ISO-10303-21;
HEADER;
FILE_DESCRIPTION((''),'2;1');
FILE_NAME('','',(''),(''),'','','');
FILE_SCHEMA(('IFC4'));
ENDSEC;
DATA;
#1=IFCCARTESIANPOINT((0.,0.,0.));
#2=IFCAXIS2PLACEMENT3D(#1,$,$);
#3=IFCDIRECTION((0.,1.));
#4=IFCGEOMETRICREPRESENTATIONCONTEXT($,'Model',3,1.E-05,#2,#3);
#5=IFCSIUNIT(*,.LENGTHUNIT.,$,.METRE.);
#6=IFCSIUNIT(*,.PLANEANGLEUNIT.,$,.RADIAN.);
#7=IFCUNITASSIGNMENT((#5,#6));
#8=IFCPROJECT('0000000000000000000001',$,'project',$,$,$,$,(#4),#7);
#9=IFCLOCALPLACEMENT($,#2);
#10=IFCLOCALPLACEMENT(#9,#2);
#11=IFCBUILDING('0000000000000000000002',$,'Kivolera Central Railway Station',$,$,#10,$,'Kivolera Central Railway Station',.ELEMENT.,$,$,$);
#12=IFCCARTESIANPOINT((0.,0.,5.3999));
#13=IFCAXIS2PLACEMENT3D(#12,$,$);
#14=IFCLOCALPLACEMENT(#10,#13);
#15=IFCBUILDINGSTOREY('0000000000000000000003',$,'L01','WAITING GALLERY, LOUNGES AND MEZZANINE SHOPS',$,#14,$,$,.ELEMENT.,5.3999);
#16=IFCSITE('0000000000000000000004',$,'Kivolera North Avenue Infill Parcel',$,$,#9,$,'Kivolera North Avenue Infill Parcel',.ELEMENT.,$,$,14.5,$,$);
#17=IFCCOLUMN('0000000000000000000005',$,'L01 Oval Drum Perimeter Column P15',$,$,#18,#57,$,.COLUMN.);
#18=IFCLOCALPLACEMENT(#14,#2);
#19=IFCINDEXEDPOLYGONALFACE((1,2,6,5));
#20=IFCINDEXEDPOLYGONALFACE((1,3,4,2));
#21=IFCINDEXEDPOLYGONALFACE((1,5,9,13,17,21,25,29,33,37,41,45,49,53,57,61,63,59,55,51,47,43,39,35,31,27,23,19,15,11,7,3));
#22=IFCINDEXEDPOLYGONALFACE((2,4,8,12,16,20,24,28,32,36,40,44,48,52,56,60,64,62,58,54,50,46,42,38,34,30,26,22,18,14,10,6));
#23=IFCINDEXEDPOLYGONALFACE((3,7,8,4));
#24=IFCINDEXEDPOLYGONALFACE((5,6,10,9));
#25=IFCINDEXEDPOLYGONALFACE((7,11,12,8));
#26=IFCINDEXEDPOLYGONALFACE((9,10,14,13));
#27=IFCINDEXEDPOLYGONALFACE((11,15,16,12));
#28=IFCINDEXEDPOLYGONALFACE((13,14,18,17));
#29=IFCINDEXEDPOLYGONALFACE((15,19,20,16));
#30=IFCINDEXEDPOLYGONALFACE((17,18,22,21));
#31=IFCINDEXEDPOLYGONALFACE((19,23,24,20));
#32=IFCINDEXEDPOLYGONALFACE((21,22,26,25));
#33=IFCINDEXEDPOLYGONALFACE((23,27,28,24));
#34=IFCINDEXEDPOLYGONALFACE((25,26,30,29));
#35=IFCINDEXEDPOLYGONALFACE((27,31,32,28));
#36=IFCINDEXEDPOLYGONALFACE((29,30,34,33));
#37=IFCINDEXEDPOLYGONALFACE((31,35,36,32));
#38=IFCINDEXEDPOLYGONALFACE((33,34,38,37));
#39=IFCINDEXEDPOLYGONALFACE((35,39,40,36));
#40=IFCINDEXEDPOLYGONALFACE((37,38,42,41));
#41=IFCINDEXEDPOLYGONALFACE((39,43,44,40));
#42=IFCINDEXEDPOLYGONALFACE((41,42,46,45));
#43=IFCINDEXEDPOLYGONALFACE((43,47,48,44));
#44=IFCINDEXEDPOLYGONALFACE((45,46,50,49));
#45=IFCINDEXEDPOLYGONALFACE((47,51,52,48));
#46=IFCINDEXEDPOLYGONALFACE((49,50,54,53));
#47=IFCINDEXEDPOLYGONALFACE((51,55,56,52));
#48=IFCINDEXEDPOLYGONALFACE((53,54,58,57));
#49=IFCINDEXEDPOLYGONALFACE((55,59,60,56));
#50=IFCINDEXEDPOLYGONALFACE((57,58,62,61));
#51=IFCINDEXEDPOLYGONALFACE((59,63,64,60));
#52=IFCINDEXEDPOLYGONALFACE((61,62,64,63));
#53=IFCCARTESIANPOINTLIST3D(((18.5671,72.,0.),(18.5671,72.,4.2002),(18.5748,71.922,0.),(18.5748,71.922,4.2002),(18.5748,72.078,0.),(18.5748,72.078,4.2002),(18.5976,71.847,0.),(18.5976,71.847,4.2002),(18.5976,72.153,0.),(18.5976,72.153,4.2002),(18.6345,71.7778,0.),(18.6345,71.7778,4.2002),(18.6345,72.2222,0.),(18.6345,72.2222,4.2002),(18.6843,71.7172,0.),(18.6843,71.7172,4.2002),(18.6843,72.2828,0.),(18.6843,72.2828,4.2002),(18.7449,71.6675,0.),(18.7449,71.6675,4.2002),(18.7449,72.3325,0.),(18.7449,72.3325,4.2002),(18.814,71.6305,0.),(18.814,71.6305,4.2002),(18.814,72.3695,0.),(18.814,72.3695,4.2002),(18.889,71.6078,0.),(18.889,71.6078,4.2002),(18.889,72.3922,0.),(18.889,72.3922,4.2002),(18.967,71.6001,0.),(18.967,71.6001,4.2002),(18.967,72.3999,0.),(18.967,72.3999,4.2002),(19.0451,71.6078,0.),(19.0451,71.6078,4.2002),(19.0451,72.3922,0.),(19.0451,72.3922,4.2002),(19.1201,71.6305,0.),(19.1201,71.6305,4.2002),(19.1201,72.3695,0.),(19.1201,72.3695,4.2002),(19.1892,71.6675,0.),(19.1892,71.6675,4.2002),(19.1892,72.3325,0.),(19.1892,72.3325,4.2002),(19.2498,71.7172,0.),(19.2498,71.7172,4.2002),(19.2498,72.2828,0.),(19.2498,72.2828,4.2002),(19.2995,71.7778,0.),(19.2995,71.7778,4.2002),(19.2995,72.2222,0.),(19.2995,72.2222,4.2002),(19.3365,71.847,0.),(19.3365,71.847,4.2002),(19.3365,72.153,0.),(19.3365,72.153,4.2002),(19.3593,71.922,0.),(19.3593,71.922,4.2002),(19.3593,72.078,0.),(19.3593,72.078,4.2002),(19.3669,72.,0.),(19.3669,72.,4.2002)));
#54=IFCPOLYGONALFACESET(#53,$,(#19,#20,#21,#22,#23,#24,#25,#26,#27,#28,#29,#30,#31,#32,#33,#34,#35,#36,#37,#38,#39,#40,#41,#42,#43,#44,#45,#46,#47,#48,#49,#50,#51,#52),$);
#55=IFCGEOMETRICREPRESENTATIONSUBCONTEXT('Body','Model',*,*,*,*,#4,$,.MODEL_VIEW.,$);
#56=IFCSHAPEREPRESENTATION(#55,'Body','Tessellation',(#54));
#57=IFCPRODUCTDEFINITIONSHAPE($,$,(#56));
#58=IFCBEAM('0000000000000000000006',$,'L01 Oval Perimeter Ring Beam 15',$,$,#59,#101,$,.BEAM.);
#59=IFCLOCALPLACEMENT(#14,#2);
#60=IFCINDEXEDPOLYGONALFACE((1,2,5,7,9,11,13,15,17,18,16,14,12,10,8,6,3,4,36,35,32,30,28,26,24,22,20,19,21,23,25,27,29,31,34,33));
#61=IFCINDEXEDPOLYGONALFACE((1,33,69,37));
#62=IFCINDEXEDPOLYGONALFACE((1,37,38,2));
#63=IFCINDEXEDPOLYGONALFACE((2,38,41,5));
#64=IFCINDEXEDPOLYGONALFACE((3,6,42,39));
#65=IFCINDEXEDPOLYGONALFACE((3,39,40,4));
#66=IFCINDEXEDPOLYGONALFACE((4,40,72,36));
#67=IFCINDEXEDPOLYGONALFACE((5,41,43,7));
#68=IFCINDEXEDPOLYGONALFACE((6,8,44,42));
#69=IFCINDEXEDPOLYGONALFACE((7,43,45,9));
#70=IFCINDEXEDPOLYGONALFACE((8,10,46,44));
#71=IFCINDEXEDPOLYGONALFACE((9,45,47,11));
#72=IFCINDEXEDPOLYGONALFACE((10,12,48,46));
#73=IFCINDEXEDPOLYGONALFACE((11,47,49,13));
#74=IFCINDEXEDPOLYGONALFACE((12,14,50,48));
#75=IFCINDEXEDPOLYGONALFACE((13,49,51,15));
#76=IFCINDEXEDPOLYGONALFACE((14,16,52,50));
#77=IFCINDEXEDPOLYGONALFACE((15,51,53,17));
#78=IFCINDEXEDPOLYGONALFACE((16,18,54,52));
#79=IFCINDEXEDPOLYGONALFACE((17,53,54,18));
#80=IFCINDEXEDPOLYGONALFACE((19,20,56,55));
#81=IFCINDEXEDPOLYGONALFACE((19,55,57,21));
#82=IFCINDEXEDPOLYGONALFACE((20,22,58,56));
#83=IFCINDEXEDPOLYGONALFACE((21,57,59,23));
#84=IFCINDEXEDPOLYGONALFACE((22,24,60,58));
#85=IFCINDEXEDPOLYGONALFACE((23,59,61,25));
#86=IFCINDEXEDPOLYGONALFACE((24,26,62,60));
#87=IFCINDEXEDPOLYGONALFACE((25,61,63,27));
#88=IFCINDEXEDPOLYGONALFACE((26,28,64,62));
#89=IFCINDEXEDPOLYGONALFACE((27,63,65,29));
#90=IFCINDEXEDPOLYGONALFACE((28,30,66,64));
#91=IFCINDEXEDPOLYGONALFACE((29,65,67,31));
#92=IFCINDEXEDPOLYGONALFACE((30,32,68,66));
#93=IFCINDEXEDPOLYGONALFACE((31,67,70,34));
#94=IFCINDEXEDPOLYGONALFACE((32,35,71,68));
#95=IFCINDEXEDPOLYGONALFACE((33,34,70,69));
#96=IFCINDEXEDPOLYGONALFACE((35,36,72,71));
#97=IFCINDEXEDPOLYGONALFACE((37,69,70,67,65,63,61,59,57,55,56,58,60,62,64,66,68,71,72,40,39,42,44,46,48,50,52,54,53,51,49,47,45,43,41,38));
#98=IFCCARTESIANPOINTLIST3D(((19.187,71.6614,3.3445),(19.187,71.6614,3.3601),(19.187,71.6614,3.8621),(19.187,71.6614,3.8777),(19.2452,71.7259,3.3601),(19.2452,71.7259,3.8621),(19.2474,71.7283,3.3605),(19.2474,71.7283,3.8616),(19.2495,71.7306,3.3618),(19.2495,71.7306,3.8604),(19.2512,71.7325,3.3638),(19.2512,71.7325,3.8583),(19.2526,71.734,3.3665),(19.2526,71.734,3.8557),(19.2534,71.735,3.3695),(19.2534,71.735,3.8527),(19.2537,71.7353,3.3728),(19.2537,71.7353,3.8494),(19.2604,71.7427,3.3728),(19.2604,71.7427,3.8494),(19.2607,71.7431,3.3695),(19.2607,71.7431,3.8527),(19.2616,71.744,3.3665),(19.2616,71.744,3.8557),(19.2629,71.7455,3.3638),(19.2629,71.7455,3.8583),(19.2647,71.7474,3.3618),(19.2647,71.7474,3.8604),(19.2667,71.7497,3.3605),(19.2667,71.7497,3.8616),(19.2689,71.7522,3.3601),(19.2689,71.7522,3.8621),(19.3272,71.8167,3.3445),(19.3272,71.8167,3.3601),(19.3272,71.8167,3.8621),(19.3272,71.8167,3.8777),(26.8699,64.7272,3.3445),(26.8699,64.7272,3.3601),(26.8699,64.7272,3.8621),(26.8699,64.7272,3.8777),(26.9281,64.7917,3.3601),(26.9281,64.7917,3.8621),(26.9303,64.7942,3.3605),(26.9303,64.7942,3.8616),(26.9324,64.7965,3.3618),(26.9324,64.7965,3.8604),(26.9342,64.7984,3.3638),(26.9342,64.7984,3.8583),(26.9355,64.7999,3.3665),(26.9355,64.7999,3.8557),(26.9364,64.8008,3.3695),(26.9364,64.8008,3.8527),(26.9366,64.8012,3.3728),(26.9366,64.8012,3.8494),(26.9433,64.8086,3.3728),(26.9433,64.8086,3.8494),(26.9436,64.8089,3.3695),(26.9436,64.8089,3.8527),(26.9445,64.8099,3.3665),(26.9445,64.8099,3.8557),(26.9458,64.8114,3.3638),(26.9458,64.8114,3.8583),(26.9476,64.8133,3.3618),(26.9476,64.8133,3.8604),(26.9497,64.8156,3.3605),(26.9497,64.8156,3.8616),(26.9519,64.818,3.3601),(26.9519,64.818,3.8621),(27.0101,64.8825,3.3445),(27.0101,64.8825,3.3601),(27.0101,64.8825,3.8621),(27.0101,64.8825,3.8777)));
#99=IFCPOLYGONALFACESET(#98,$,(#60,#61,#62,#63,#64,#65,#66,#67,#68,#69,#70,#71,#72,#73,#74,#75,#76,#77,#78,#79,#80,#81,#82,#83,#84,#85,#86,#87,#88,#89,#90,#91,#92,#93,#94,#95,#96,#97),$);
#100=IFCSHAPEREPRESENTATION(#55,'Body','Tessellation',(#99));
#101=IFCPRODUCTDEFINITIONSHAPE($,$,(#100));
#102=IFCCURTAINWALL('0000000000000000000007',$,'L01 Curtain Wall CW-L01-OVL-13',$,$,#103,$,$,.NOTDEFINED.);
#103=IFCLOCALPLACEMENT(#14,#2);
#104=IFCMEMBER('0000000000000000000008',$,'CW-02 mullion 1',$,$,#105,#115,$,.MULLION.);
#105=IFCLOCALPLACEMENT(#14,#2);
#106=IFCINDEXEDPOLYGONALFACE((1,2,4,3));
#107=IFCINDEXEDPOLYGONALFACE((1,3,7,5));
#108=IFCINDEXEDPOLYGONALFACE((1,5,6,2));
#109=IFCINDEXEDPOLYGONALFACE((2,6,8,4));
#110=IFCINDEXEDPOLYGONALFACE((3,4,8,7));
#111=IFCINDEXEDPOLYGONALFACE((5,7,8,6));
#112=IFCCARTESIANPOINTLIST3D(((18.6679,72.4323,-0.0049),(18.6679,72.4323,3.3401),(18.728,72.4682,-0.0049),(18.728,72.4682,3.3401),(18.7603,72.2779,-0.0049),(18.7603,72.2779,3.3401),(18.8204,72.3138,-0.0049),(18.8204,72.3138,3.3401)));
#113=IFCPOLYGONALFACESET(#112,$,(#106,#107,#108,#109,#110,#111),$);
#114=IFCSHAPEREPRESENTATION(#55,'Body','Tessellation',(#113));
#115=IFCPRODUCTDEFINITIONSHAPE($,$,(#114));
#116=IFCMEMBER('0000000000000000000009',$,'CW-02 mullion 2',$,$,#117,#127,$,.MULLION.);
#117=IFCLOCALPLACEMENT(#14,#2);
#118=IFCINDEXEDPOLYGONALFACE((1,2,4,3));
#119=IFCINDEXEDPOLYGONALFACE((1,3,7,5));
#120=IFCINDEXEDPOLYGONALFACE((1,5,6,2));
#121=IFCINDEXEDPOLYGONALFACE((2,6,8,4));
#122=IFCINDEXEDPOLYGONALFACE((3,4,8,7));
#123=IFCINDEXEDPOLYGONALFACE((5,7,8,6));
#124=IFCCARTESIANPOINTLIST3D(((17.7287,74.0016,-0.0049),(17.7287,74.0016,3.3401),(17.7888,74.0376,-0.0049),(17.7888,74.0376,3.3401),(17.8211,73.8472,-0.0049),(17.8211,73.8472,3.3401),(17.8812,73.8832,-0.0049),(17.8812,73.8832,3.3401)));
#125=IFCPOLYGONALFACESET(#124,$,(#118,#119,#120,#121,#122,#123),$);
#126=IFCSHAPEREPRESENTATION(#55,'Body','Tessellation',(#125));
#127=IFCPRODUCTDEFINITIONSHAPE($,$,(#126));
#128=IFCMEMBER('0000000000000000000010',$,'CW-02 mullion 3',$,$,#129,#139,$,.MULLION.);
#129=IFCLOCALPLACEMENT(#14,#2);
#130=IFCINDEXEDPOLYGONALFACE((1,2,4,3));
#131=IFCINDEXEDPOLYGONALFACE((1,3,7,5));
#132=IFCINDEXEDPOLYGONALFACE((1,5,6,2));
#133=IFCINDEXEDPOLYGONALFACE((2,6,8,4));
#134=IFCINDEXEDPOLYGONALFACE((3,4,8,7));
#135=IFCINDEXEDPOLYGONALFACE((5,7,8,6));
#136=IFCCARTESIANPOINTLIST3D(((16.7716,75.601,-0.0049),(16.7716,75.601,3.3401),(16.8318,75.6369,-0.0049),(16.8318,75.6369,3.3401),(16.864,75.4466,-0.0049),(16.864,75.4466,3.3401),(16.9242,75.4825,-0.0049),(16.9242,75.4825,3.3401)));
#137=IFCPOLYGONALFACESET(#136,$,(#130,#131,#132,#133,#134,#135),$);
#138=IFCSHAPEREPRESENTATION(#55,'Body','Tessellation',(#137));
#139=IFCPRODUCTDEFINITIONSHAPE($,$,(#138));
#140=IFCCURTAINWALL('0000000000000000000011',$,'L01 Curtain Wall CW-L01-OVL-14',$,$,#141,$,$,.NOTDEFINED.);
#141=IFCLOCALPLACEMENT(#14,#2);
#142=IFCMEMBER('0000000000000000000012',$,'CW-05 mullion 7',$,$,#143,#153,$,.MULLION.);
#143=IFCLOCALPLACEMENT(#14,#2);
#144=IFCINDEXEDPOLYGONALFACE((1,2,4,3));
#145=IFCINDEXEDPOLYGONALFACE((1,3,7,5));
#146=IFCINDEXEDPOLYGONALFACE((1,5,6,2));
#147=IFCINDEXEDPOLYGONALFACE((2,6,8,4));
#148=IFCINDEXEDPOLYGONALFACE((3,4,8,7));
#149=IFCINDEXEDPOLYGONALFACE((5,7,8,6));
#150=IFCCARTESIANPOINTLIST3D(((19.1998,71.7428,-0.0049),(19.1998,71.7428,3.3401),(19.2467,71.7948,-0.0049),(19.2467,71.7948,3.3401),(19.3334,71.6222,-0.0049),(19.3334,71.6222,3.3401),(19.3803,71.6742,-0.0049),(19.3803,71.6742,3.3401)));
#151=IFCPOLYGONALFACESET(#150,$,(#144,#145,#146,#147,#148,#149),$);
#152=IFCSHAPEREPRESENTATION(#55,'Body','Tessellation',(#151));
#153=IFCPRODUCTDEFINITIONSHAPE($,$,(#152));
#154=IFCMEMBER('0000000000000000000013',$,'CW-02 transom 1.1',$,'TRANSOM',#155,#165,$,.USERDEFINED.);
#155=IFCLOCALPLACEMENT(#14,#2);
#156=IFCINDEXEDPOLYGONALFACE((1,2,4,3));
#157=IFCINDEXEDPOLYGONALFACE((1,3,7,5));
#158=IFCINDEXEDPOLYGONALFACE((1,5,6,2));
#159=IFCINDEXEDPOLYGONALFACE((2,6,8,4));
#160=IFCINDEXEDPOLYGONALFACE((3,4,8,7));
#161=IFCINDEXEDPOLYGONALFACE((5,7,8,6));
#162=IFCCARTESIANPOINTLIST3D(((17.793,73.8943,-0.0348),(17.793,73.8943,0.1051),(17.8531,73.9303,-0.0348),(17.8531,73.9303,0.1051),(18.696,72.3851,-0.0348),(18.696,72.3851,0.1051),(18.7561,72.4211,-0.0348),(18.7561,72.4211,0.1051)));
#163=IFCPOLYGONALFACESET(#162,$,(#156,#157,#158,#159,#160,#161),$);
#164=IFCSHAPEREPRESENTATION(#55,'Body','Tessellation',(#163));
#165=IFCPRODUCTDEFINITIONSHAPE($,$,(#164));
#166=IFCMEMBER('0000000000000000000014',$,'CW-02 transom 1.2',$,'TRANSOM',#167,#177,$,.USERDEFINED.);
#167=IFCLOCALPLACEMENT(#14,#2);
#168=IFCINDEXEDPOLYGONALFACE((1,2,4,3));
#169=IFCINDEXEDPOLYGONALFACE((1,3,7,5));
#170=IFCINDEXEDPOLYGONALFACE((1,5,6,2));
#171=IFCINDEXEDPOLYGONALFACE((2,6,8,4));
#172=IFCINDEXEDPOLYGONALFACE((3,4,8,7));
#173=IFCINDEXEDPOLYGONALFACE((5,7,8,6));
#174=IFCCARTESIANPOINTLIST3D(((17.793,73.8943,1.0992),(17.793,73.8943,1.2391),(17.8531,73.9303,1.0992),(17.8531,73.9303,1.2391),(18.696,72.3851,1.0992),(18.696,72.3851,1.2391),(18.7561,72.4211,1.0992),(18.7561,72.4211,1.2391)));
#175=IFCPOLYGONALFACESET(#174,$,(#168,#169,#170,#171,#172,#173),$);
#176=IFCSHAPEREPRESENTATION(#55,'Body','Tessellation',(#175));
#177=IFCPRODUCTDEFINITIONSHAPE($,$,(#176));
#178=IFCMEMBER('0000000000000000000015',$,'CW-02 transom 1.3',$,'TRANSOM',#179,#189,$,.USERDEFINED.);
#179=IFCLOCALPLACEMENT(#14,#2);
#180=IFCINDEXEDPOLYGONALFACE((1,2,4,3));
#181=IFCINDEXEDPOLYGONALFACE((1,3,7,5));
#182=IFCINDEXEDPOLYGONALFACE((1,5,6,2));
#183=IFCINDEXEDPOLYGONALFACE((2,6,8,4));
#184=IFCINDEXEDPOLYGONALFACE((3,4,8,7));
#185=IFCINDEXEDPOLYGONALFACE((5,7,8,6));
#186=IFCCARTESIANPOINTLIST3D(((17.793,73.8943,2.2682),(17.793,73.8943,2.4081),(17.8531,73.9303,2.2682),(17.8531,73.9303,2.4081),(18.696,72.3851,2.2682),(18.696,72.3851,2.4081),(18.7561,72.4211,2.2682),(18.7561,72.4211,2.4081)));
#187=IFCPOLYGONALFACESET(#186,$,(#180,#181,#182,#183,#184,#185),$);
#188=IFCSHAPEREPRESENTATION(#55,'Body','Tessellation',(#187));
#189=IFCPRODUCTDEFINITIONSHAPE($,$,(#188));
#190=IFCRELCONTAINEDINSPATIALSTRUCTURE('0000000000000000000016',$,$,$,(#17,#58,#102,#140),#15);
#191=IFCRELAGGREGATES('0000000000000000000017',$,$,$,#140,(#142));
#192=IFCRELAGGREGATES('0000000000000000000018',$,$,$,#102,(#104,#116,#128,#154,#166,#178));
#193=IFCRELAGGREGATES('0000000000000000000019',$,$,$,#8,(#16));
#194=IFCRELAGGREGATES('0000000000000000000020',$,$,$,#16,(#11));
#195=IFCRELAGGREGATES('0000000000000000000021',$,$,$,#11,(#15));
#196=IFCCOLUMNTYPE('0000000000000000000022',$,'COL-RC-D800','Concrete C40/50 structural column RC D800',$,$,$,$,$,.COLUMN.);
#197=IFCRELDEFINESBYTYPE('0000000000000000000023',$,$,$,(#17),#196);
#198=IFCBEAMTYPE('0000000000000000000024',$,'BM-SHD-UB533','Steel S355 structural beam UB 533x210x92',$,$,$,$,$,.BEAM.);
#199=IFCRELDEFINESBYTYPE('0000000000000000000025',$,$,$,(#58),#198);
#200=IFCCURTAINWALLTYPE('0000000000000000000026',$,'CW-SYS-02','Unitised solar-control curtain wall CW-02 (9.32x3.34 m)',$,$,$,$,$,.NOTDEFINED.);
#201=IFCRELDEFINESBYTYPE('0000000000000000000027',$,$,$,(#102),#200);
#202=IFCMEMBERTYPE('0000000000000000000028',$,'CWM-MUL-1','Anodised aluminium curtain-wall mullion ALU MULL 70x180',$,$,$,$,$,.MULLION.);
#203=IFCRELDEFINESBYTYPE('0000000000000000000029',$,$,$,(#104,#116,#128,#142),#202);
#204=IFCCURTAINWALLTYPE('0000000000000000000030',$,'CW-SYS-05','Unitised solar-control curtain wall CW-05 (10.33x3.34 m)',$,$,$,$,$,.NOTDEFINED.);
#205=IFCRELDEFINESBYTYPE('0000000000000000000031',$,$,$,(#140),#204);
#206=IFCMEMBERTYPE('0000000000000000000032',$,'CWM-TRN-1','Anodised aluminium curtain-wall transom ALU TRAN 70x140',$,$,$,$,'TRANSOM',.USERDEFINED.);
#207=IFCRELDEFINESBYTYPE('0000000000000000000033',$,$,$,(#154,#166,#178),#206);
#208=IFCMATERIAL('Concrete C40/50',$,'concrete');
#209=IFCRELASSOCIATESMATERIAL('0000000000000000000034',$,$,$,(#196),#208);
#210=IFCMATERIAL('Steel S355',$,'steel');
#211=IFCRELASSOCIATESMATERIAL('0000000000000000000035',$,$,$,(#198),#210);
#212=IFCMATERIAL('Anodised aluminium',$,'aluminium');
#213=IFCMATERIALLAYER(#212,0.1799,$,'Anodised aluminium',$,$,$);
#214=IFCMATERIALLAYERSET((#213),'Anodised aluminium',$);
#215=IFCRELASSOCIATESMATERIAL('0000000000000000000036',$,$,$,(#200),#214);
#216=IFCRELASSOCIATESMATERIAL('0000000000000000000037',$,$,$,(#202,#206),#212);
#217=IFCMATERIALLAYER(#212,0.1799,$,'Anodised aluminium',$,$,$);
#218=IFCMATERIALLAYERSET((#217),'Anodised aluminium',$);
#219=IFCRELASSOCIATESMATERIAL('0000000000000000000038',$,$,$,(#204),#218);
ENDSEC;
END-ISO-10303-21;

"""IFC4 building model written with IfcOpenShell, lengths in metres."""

from ifc_helpers import new_model, si_unit, direction, frame, origin, origin_2d, place, context, subcontext, project, spatial, rectangle, circle, i_section, extrude, material, layer, layer_set, material_profile, profile_set, type_object, element, aggregate, save


model = new_model("IFC4")

# Units and contexts
model_context = context("Model", 3, precision=1e-05, world=origin(), true_north=direction((0.0, 1.0)))
body_context = subcontext(model_context, "Body", "Model", "MODEL_VIEW")
ifc_project = project(units=[si_unit("LENGTHUNIT", "METRE"), si_unit("PLANEANGLEUNIT", "RADIAN")], contexts=[model_context])

# Site, building, storey
site_placement = place(None, origin())
site = spatial("IfcSite", under=ifc_project, at=site_placement, Name="Kivolera North Avenue Infill Parcel", LongName="Kivolera North Avenue Infill Parcel", CompositionType="ELEMENT", RefElevation=14.5)
building_placement = place(site_placement, origin())
building = spatial("IfcBuilding", under=site, at=building_placement, Name="Kivolera Central Railway Station", LongName="Kivolera Central Railway Station", CompositionType="ELEMENT")
storey_placement = place(building_placement, frame((0.0, 0.0, 5.3999)))
storey = spatial("IfcBuildingStorey", under=building, at=storey_placement, Name="L01", Description="WAITING GALLERY, LOUNGES AND MEZZANINE SHOPS", CompositionType="ELEMENT", Elevation=5.3999)

# Column
ifc_material_1 = material(Name="Concrete C40/50", Category="concrete")
ifc_material_profile_1 = material_profile(ifc_material_1, circle(Radius=0.3999, at=origin_2d()), Name="RC D800")
ifc_profile_set_1 = profile_set([ifc_material_profile_1], Name="Concrete C40/50")
column_type = type_object("IfcColumnType", Name="COL-RC-D800", Description="Concrete C40/50 structural column RC D800", PredefinedType="COLUMN", material=ifc_profile_set_1)
column_placement = place(storey_placement, frame((18.967, 72.0, 0.0), z_axis=(0.0, 0.0, 1.0), x_axis=(1.0, 0.0, 0.0)))
element("IfcColumn", 1, at=column_placement, inside=storey, type_object=column_type, Name="L01 Oval Drum Perimeter Column P15", PredefinedType="COLUMN", context=body_context, shape_type="SweptSolid", body=[
    extrude(circle(Radius=0.3999, at=origin_2d()), origin(), (0.0, 0.0, 1.0), 4.2002),
])

# Beam
ifc_material_2 = material(Name="Steel S355", Category="steel")
ifc_material_profile_2 = material_profile(ifc_material_2, i_section(OverallWidth=0.2092, OverallDepth=0.5332, WebThickness=0.01, FlangeThickness=0.0156, FilletRadius=0.0127, at=origin_2d()), Name="UB 533x210x92")
ifc_profile_set_2 = profile_set([ifc_material_profile_2], Name="Steel S355")
beam_type = type_object("IfcBeamType", Name="BM-SHD-UB533", Description="Steel S355 structural beam UB 533x210x92", PredefinedType="BEAM", material=ifc_profile_set_2)
beam_placement = place(storey_placement, frame((19.2571, 71.739, 3.6111), z_axis=(0.742356, -0.670005, 0.0), x_axis=(0.670005, 0.742356, 0.0)))
element("IfcBeam", 2, at=beam_placement, inside=storey, type_object=beam_type, Name="L01 Oval Perimeter Ring Beam 15", PredefinedType="BEAM", context=body_context, shape_type="SweptSolid", body=[
    extrude(i_section(OverallWidth=0.2092, OverallDepth=0.5332, WebThickness=0.01, FlangeThickness=0.0156, FilletRadius=0.0127, at=origin_2d()), origin(), (0.0, 0.0, 1.0), 10.3494),
])

# Curtain wall, members
ifc_material_3 = material(Name="Anodised aluminium", Category="aluminium")
ifc_layer_1 = layer(ifc_material_3, 0.1799, Name="Anodised aluminium")
ifc_layer_set_1 = layer_set([ifc_layer_1], Name="Anodised aluminium")
curtain_wall_type_1 = type_object("IfcCurtainWallType", Name="CW-SYS-02", Description="Unitised solar-control curtain wall CW-02 (9.32x3.34 m)", PredefinedType="NOTDEFINED", material=ifc_layer_set_1)
curtain_wall_1_placement = place(storey_placement, origin())
curtain_wall_1 = element("IfcCurtainWall", 3, at=curtain_wall_1_placement, inside=storey, type_object=curtain_wall_type_1, Name="L01 Curtain Wall CW-L01-OVL-13", PredefinedType="NOTDEFINED")
ifc_material_profile_3 = material_profile(ifc_material_3, rectangle(XDim=0.0701, YDim=0.1799, at=origin_2d()), Name="ALU MULL 70x180")
ifc_profile_set_3 = profile_set([ifc_material_profile_3], Name="Anodised aluminium")
member_type_1 = type_object("IfcMemberType", Name="CWM-MUL-1", Description="Anodised aluminium curtain-wall mullion ALU MULL 70x180", PredefinedType="MULLION", material=ifc_profile_set_3)
member_1_placement = place(storey_placement, frame((18.7441, 72.373, -0.0049), z_axis=(0.0, 0.0, 1.0), x_axis=(-0.858117, -0.513454, 0.0)))
member_1 = element("IfcMember", 4, at=member_1_placement, type_object=member_type_1, Name="CW-02 mullion 1", PredefinedType="MULLION", context=body_context, shape_type="SweptSolid", body=[
    extrude(rectangle(XDim=0.0701, YDim=0.1799, at=origin_2d()), origin(), (0.0, 0.0, 1.0), 3.345),
])
member_2_placement = place(storey_placement, frame((17.8049, 73.9424, -0.0049), z_axis=(0.0, 0.0, 1.0), x_axis=(-0.858117, -0.513454, 0.0)))
member_2 = element("IfcMember", 5, at=member_2_placement, type_object=member_type_1, Name="CW-02 mullion 2", PredefinedType="MULLION", context=body_context, shape_type="SweptSolid", body=[
    extrude(rectangle(XDim=0.0701, YDim=0.1799, at=origin_2d()), origin(), (0.0, 0.0, 1.0), 3.345),
])
member_3_placement = place(storey_placement, frame((16.8479, 75.5417, -0.0049), z_axis=(0.0, 0.0, 1.0), x_axis=(-0.858117, -0.513454, 0.0)))
member_3 = element("IfcMember", 6, at=member_3_placement, type_object=member_type_1, Name="CW-02 mullion 3", PredefinedType="MULLION", context=body_context, shape_type="SweptSolid", body=[
    extrude(rectangle(XDim=0.0701, YDim=0.1799, at=origin_2d()), origin(), (0.0, 0.0, 1.0), 3.345),
])

# Curtain wall, member
ifc_layer_2 = layer(ifc_material_3, 0.1799, Name="Anodised aluminium")
ifc_layer_set_2 = layer_set([ifc_layer_2], Name="Anodised aluminium")
curtain_wall_type_2 = type_object("IfcCurtainWallType", Name="CW-SYS-05", Description="Unitised solar-control curtain wall CW-05 (10.33x3.34 m)", PredefinedType="NOTDEFINED", material=ifc_layer_set_2)
curtain_wall_2_placement = place(storey_placement, origin())
curtain_wall_2 = element("IfcCurtainWall", 7, at=curtain_wall_2_placement, inside=storey, type_object=curtain_wall_type_2, Name="L01 Curtain Wall CW-L01-OVL-14", PredefinedType="NOTDEFINED")
member_4_placement = place(storey_placement, frame((19.29, 71.7085, -0.0049), z_axis=(0.0, 0.0, 1.0), x_axis=(-0.669922, -0.742432, 0.0)))
member_4 = element("IfcMember", 8, at=member_4_placement, type_object=member_type_1, Name="CW-05 mullion 7", PredefinedType="MULLION", context=body_context, shape_type="SweptSolid", body=[
    extrude(rectangle(XDim=0.0701, YDim=0.1799, at=origin_2d()), origin(), (0.0, 0.0, 1.0), 3.345),
])
aggregate(curtain_wall_2, [member_4])

# Members
ifc_material_profile_4 = material_profile(ifc_material_3, rectangle(XDim=0.0701, YDim=0.1399, at=origin_2d()), Name="ALU TRAN 70x140")
ifc_profile_set_4 = profile_set([ifc_material_profile_4], Name="Anodised aluminium")
member_type_2 = type_object("IfcMemberType", Name="CWM-TRN-1", Description="Anodised aluminium curtain-wall transom ALU TRAN 70x140", ElementType="TRANSOM", PredefinedType="USERDEFINED", material=ifc_profile_set_4)
member_5_placement = place(storey_placement, frame((18.7261, 72.4031, 0.0352), z_axis=(-0.513454, 0.858117, 0.0), x_axis=(-0.858117, -0.513454, 0.0)))
member_5 = element("IfcMember", 9, at=member_5_placement, type_object=member_type_2, Name="CW-02 transom 1.1", ObjectType="TRANSOM", PredefinedType="USERDEFINED", context=body_context, shape_type="SweptSolid", body=[
    extrude(rectangle(XDim=0.0701, YDim=0.1399, at=origin_2d()), origin(), (0.0, 0.0, 1.0), 1.7588),
])
member_6_placement = place(storey_placement, frame((18.7261, 72.4031, 1.1692), z_axis=(-0.513454, 0.858117, 0.0), x_axis=(-0.858117, -0.513454, 0.0)))
member_6 = element("IfcMember", 10, at=member_6_placement, type_object=member_type_2, Name="CW-02 transom 1.2", ObjectType="TRANSOM", PredefinedType="USERDEFINED", context=body_context, shape_type="SweptSolid", body=[
    extrude(rectangle(XDim=0.0701, YDim=0.1399, at=origin_2d()), origin(), (0.0, 0.0, 1.0), 1.7588),
])
member_7_placement = place(storey_placement, frame((18.7261, 72.4031, 2.3381), z_axis=(-0.513454, 0.858117, 0.0), x_axis=(-0.858117, -0.513454, 0.0)))
member_7 = element("IfcMember", 11, at=member_7_placement, type_object=member_type_2, Name="CW-02 transom 1.3", ObjectType="TRANSOM", PredefinedType="USERDEFINED", context=body_context, shape_type="SweptSolid", body=[
    extrude(rectangle(XDim=0.0701, YDim=0.1399, at=origin_2d()), origin(), (0.0, 0.0, 1.0), 1.7588),
])

aggregate(curtain_wall_1, [member_1, member_2, member_3, member_5, member_6, member_7])

save(model, "model.ifc")
